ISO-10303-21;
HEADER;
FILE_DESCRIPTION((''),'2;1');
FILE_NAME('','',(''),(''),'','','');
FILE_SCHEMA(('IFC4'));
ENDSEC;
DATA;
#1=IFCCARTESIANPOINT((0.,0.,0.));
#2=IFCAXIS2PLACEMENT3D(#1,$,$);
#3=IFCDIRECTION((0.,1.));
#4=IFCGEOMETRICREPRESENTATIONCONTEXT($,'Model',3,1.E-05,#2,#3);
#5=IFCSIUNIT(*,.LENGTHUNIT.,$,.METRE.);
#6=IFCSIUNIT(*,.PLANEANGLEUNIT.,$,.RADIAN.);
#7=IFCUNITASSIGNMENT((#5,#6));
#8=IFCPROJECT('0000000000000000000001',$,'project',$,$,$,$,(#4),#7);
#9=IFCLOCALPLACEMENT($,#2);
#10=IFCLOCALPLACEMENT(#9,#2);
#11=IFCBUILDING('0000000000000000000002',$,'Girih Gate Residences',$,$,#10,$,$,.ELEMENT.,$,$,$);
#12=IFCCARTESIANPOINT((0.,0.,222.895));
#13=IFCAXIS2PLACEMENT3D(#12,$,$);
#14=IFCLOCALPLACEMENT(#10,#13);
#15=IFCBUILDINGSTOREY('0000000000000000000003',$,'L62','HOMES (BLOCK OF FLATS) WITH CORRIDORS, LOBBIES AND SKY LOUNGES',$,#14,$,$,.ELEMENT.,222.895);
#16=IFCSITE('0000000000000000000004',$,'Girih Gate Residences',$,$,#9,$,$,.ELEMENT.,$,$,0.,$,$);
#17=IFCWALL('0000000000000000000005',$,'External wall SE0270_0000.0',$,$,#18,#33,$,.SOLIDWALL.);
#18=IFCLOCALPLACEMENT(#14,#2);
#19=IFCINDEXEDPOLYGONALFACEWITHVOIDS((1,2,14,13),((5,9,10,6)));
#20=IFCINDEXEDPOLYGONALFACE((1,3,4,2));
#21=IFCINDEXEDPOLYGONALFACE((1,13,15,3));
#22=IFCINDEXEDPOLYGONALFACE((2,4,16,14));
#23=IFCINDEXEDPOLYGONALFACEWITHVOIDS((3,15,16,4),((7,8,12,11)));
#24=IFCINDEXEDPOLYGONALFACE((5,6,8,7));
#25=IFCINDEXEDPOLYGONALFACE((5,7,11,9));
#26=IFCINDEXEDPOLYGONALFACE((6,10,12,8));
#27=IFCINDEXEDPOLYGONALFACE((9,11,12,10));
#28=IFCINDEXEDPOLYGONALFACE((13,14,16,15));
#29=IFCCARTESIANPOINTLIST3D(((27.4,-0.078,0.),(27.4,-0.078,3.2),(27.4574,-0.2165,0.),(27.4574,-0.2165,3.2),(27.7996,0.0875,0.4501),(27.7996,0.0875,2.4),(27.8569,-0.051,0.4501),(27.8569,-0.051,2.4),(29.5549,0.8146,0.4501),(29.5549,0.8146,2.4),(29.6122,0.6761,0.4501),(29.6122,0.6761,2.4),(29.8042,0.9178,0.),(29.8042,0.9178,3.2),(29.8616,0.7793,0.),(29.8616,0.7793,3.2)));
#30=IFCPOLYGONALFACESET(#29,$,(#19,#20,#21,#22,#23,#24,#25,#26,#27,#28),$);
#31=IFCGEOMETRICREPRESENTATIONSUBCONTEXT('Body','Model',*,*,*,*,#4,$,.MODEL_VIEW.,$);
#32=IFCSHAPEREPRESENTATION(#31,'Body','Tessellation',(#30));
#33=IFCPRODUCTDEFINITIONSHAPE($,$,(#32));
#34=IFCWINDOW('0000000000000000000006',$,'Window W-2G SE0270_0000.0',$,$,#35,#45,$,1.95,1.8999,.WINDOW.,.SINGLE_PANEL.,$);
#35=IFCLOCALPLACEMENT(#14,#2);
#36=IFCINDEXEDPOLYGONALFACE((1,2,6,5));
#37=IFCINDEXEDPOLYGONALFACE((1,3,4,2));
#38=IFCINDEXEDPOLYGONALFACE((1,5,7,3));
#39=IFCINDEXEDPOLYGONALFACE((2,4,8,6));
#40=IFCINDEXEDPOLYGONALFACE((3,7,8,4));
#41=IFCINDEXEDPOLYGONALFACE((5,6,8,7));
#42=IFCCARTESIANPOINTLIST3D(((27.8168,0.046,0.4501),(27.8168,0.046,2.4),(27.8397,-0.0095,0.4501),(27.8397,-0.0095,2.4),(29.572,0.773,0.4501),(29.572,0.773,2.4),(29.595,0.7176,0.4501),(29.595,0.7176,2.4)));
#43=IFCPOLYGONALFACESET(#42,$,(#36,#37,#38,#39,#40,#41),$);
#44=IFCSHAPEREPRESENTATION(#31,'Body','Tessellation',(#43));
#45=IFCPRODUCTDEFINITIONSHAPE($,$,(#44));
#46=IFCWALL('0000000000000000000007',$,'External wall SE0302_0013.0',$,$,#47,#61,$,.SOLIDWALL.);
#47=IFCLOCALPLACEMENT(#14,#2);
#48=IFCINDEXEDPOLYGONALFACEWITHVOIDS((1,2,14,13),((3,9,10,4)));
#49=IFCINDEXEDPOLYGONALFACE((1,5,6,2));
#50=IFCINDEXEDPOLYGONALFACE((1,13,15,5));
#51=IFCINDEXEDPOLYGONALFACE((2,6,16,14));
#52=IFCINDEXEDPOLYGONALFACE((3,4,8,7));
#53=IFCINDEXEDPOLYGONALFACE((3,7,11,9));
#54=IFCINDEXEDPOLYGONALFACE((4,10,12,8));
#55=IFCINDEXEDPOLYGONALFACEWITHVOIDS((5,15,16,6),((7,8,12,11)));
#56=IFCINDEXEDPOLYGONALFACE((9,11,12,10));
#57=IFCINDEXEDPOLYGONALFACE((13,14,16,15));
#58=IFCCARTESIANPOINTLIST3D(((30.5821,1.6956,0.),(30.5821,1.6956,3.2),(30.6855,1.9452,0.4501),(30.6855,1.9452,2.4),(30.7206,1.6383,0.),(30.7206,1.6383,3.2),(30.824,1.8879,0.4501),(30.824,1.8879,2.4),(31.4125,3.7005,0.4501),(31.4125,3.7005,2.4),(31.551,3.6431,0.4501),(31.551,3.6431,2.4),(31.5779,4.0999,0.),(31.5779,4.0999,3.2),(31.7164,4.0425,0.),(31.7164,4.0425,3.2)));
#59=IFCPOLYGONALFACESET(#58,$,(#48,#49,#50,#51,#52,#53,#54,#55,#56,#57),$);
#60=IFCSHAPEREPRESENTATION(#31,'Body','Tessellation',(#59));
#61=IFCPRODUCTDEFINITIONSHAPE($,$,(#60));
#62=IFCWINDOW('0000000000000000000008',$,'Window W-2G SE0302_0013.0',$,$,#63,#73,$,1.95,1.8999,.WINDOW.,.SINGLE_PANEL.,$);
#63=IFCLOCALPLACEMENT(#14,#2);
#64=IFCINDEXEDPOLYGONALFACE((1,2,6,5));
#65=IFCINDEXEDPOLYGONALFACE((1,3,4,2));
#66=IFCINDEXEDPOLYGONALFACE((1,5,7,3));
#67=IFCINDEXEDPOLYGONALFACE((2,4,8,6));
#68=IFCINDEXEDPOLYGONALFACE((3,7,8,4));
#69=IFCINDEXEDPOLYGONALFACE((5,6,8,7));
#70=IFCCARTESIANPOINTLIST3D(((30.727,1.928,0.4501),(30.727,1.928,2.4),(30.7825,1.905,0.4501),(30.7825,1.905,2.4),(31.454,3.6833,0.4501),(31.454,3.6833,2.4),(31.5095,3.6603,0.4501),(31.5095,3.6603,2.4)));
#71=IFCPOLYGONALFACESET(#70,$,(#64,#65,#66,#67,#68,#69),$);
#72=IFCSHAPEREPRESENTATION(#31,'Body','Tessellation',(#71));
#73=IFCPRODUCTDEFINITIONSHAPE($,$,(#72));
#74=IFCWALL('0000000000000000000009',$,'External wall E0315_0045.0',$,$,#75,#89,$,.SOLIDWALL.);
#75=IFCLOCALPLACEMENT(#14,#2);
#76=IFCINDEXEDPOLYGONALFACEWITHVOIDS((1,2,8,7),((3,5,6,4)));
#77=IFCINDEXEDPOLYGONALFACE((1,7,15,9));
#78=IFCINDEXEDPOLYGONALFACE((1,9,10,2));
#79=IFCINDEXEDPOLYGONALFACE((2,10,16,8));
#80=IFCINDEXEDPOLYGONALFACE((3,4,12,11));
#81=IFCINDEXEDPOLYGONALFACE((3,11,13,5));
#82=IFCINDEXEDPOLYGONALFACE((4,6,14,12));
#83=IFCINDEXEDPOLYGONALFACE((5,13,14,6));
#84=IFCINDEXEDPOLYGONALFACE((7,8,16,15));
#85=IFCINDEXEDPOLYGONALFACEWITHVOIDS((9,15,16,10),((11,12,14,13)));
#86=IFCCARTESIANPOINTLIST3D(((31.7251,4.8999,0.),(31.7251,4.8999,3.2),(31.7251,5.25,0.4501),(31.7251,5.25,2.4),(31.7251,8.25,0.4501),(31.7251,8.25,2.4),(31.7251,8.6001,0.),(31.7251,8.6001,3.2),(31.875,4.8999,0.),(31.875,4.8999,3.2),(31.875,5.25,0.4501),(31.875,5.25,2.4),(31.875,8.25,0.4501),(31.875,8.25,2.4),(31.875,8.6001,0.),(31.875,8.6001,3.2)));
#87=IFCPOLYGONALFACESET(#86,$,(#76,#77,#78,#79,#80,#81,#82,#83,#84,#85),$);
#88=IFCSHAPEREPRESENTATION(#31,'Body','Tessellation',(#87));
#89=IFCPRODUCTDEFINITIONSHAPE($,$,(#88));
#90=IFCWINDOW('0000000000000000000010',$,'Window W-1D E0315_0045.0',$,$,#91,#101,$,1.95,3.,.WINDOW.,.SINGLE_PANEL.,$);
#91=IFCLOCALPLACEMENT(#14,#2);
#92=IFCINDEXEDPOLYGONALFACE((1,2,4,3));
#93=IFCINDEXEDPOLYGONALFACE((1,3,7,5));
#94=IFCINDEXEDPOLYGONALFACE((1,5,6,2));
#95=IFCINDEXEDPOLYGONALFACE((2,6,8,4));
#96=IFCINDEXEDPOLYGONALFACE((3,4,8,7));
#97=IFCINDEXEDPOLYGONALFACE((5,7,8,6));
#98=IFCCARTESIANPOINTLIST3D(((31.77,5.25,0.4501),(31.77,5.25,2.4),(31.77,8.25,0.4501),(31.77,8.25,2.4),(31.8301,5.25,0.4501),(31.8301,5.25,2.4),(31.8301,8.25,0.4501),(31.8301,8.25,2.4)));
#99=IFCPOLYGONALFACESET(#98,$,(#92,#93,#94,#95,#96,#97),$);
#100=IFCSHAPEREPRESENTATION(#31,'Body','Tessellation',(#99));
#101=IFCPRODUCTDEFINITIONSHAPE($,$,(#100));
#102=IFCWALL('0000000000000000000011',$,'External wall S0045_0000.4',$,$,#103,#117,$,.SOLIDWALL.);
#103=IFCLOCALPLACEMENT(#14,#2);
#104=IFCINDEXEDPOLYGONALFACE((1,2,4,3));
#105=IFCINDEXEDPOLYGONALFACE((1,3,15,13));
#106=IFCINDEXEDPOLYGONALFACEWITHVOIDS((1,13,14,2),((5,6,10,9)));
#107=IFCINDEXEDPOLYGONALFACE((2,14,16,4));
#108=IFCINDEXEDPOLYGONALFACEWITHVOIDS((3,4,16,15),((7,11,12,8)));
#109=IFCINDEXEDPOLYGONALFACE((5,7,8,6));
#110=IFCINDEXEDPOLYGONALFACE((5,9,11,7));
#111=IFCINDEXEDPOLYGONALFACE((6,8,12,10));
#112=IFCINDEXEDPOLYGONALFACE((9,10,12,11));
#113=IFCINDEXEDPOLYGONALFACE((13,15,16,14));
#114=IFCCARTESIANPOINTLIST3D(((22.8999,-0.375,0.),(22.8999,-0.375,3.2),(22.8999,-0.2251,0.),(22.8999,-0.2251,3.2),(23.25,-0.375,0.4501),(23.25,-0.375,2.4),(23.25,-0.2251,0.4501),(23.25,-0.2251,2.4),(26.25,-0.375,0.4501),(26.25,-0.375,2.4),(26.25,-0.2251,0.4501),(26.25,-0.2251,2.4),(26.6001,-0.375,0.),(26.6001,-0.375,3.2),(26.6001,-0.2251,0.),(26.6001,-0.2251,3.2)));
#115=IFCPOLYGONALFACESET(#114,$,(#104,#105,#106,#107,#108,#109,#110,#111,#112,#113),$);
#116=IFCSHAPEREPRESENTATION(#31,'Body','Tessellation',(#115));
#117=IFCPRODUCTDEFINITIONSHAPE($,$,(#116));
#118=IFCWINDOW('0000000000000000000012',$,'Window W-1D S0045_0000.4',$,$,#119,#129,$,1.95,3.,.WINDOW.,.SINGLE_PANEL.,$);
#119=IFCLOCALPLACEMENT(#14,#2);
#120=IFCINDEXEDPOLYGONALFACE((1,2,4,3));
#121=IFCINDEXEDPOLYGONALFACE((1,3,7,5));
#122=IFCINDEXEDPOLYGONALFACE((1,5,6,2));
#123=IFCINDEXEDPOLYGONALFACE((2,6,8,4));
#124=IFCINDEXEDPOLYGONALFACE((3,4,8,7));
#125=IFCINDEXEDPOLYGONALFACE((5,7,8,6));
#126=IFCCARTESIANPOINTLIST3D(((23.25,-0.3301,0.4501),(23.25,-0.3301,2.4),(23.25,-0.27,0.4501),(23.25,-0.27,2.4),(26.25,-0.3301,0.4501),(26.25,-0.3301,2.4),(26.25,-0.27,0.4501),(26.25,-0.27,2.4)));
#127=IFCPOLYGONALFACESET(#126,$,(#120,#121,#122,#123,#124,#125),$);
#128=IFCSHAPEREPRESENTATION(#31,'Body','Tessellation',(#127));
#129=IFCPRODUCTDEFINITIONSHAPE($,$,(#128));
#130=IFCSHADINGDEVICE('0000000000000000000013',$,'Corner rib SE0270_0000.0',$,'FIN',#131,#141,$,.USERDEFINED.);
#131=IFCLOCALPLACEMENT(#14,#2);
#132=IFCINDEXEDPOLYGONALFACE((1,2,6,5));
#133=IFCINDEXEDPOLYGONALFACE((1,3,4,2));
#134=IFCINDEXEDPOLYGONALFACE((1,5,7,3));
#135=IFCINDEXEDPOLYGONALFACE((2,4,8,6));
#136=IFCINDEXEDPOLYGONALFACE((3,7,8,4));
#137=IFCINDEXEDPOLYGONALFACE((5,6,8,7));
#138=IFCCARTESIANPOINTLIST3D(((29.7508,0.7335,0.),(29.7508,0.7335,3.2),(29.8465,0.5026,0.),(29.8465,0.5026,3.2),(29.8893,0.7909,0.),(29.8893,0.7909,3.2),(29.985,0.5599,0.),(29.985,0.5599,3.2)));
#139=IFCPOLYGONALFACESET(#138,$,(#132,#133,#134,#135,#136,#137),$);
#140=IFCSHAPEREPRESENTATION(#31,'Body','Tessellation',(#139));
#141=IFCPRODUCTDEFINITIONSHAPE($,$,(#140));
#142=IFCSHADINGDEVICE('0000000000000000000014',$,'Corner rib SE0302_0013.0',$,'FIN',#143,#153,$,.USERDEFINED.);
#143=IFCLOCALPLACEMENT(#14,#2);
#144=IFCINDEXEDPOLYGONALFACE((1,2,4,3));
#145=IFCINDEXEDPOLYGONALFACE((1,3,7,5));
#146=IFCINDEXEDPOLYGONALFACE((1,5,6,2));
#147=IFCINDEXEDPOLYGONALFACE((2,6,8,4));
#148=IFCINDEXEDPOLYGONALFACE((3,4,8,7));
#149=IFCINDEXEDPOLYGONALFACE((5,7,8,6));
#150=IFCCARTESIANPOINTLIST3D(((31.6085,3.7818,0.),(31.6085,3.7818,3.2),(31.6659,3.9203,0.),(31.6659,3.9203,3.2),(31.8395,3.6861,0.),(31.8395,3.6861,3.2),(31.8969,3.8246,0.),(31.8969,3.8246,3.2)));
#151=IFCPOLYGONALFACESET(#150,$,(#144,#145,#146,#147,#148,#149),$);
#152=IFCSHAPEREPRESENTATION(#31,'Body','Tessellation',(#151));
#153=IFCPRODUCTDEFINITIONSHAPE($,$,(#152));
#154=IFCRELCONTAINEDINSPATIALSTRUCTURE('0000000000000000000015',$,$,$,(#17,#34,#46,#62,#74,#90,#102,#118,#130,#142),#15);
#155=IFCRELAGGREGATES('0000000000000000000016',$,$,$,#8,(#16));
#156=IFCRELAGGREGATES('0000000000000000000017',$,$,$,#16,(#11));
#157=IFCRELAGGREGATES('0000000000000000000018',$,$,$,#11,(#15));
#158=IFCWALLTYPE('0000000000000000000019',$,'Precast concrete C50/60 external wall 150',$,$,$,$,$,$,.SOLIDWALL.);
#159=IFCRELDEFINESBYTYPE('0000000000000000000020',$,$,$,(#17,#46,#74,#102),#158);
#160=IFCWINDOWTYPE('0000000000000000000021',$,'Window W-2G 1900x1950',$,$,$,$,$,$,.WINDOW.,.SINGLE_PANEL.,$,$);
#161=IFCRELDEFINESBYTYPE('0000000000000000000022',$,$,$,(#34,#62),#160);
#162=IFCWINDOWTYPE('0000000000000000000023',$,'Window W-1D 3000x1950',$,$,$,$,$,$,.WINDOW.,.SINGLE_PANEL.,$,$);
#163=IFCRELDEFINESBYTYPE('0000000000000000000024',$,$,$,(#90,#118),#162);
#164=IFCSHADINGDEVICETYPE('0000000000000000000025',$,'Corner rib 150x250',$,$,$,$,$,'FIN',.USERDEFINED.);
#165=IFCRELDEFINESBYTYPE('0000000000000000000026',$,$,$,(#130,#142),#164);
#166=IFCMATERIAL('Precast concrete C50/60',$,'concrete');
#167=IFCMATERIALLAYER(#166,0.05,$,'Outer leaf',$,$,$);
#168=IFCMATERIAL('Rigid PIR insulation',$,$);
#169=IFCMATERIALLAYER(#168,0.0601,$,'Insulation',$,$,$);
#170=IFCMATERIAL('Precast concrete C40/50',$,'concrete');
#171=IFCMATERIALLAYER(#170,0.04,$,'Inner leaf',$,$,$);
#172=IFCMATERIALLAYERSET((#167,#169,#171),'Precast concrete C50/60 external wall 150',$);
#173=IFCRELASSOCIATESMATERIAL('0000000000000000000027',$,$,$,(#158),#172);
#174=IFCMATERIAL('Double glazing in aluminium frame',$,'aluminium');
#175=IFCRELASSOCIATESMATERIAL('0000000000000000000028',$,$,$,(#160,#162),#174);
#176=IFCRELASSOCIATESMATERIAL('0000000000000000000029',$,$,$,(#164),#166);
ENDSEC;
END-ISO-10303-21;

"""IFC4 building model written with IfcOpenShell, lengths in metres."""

from ifc_helpers import new_model, si_unit, direction, frame, frame_2d, origin, origin_2d, place, context, subcontext, project, spatial, rectangle, extrude, material, layer, layer_set, type_object, element, fill, save


model = new_model("IFC4")

# Units and contexts
model_context = context("Model", 3, precision=1e-05, world=origin(), true_north=direction((0.0, 1.0)))
body_context = subcontext(model_context, "Body", "Model", "MODEL_VIEW")
ifc_project = project(units=[si_unit("LENGTHUNIT", "METRE"), si_unit("PLANEANGLEUNIT", "RADIAN")], contexts=[model_context])

# Site, building, storey
site_placement = place(None, origin())
site = spatial("IfcSite", under=ifc_project, at=site_placement, Name="Girih Gate Residences", CompositionType="ELEMENT", RefElevation=0.0)
building_placement = place(site_placement, origin())
building = spatial("IfcBuilding", under=site, at=building_placement, Name="Girih Gate Residences", CompositionType="ELEMENT")
storey_placement = place(building_placement, frame((0.0, 0.0, 222.895)))
storey = spatial("IfcBuildingStorey", under=building, at=storey_placement, Name="L62", Description="HOMES (BLOCK OF FLATS) WITH CORRIDORS, LOBBIES AND SKY LOUNGES", CompositionType="ELEMENT", Elevation=222.895)

# Walls, openings, windows
ifc_material_1 = material(Name="Precast concrete C50/60", Category="concrete")
ifc_layer_1 = layer(ifc_material_1, 0.05, Name="Outer leaf")
ifc_material_2 = material(Name="Rigid PIR insulation")
ifc_layer_2 = layer(ifc_material_2, 0.0601, Name="Insulation")
ifc_material_3 = material(Name="Precast concrete C40/50", Category="concrete")
ifc_layer_3 = layer(ifc_material_3, 0.04, Name="Inner leaf")
ifc_layer_set_1 = layer_set([ifc_layer_1, ifc_layer_2, ifc_layer_3], Name="Precast concrete C50/60 external wall 150")
wall_type_1 = type_object("IfcWallType", Name="Precast concrete C50/60 external wall 150", PredefinedType="SOLIDWALL", material=ifc_layer_set_1)
wall_1_placement = place(storey_placement, frame((29.833, 0.8486, 0.0), z_axis=(0.0, 0.0, 1.0), x_axis=(-0.923885, -0.382669, 0.0)))
wall_1 = element("IfcWall", 1, at=wall_1_placement, inside=storey, type_object=wall_type_1, Name="External wall SE0270_0000.0", PredefinedType="SOLIDWALL", context=body_context, shape_type="SweptSolid", body=[
    extrude(rectangle(XDim=2.6023, YDim=0.1499, at=frame_2d((1.3013, 0.0))), origin(), (0.0, 0.0, 1.0), 3.2),
])
opening_1_placement = place(wall_1_placement, frame((0.27, 0.0, 0.45)))
opening_1 = element("IfcOpeningElement", 2, at=opening_1_placement, cuts=wall_1, PredefinedType="OPENING", context=body_context, shape_type="SweptSolid", body=[
    extrude(rectangle(XDim=1.8999, YDim=1.95, at=frame_2d((0.95, 0.9751))), frame((0.0, 0.085, 0.0), z_axis=(0.0, -1.0, 0.0), x_axis=(1.0, 0.0, 0.0)), (0.0, 0.0, 1.0), 0.1699),
])
ifc_material_4 = material(Name="Double glazing in aluminium frame", Category="aluminium")
window_type_1 = type_object("IfcWindowType", Name="Window W-2G 1900x1950", PartitioningType="SINGLE_PANEL", PredefinedType="WINDOW", material=ifc_material_4)
window_1_placement = place(opening_1_placement, origin())
window_1 = element("IfcWindow", 3, at=window_1_placement, inside=storey, type_object=window_type_1, Name="Window W-2G SE0270_0000.0", OverallHeight=1.95, OverallWidth=1.8999, PartitioningType="SINGLE_PANEL", PredefinedType="WINDOW", context=body_context, shape_type="SweptSolid", body=[
    extrude(rectangle(XDim=1.8999, YDim=1.95, at=frame_2d((0.95, 0.9751))), frame((0.0, 0.03, 0.0), z_axis=(0.0, -1.0, 0.0), x_axis=(1.0, 0.0, 0.0)), (0.0, 0.0, 1.0), 0.0601),
])
fill(opening_1, window_1)
wall_2_placement = place(storey_placement, frame((31.6472, 4.0713, 0.0), z_axis=(0.0, 0.0, 1.0), x_axis=(-0.382669, -0.923885, 0.0)))
wall_2 = element("IfcWall", 4, at=wall_2_placement, inside=storey, type_object=wall_type_1, Name="External wall SE0302_0013.0", PredefinedType="SOLIDWALL", context=body_context, shape_type="SweptSolid", body=[
    extrude(rectangle(XDim=2.6023, YDim=0.1499, at=frame_2d((1.3013, 0.0))), origin(), (0.0, 0.0, 1.0), 3.2),
])
opening_2_placement = place(wall_2_placement, frame((0.4324, 0.0, 0.45)))
opening_2 = element("IfcOpeningElement", 5, at=opening_2_placement, cuts=wall_2, PredefinedType="OPENING", context=body_context, shape_type="SweptSolid", body=[
    extrude(rectangle(XDim=1.8999, YDim=1.95, at=frame_2d((0.95, 0.9751))), frame((0.0, 0.085, 0.0), z_axis=(0.0, -1.0, 0.0), x_axis=(1.0, 0.0, 0.0)), (0.0, 0.0, 1.0), 0.1699),
])
window_2_placement = place(opening_2_placement, origin())
window_2 = element("IfcWindow", 6, at=window_2_placement, inside=storey, type_object=window_type_1, Name="Window W-2G SE0302_0013.0", OverallHeight=1.95, OverallWidth=1.8999, PartitioningType="SINGLE_PANEL", PredefinedType="WINDOW", context=body_context, shape_type="SweptSolid", body=[
    extrude(rectangle(XDim=1.8999, YDim=1.95, at=frame_2d((0.95, 0.9751))), frame((0.0, 0.03, 0.0), z_axis=(0.0, -1.0, 0.0), x_axis=(1.0, 0.0, 0.0)), (0.0, 0.0, 1.0), 0.0601),
])
fill(opening_2, window_2)
wall_3_placement = place(storey_placement, frame((31.8, 8.6001, 0.0), z_axis=(0.0, 0.0, 1.0), x_axis=(0.0, -1.0, 0.0)))
wall_3 = element("IfcWall", 7, at=wall_3_placement, inside=storey, type_object=wall_type_1, Name="External wall E0315_0045.0", PredefinedType="SOLIDWALL", context=body_context, shape_type="SweptSolid", body=[
    extrude(rectangle(XDim=3.7002, YDim=0.1499, at=frame_2d((1.8501, 0.0))), origin(), (0.0, 0.0, 1.0), 3.2),
])
opening_3_placement = place(wall_3_placement, frame((0.3501, 0.0, 0.45)))
opening_3 = element("IfcOpeningElement", 8, at=opening_3_placement, cuts=wall_3, PredefinedType="OPENING", context=body_context, shape_type="SweptSolid", body=[
    extrude(rectangle(XDim=3.0, YDim=1.95, at=frame_2d((1.5, 0.9751))), frame((0.0, 0.085, 0.0), z_axis=(0.0, -1.0, 0.0), x_axis=(1.0, 0.0, 0.0)), (0.0, 0.0, 1.0), 0.1699),
])
window_type_2 = type_object("IfcWindowType", Name="Window W-1D 3000x1950", PartitioningType="SINGLE_PANEL", PredefinedType="WINDOW", material=ifc_material_4)
window_3_placement = place(opening_3_placement, origin())
window_3 = element("IfcWindow", 9, at=window_3_placement, inside=storey, type_object=window_type_2, Name="Window W-1D E0315_0045.0", OverallHeight=1.95, OverallWidth=3.0, PartitioningType="SINGLE_PANEL", PredefinedType="WINDOW", context=body_context, shape_type="SweptSolid", body=[
    extrude(rectangle(XDim=3.0, YDim=1.95, at=frame_2d((1.5, 0.9751))), frame((0.0, 0.03, 0.0), z_axis=(0.0, -1.0, 0.0), x_axis=(1.0, 0.0, 0.0)), (0.0, 0.0, 1.0), 0.0601),
])
fill(opening_3, window_3)
wall_4_placement = place(storey_placement, frame((26.6001, -0.3, 0.0), z_axis=(0.0, 0.0, 1.0), x_axis=(-1.0, 0.0, 0.0)))
wall_4 = element("IfcWall", 10, at=wall_4_placement, inside=storey, type_object=wall_type_1, Name="External wall S0045_0000.4", PredefinedType="SOLIDWALL", context=body_context, shape_type="SweptSolid", body=[
    extrude(rectangle(XDim=3.7002, YDim=0.1499, at=frame_2d((1.8501, 0.0))), origin(), (0.0, 0.0, 1.0), 3.2),
])
opening_4_placement = place(wall_4_placement, frame((0.3501, 0.0, 0.45)))
opening_4 = element("IfcOpeningElement", 11, at=opening_4_placement, cuts=wall_4, PredefinedType="OPENING", context=body_context, shape_type="SweptSolid", body=[
    extrude(rectangle(XDim=3.0, YDim=1.95, at=frame_2d((1.5, 0.9751))), frame((0.0, 0.085, 0.0), z_axis=(0.0, -1.0, 0.0), x_axis=(1.0, 0.0, 0.0)), (0.0, 0.0, 1.0), 0.1699),
])
window_4_placement = place(opening_4_placement, origin())
window_4 = element("IfcWindow", 12, at=window_4_placement, inside=storey, type_object=window_type_2, Name="Window W-1D S0045_0000.4", OverallHeight=1.95, OverallWidth=3.0, PartitioningType="SINGLE_PANEL", PredefinedType="WINDOW", context=body_context, shape_type="SweptSolid", body=[
    extrude(rectangle(XDim=3.0, YDim=1.95, at=frame_2d((1.5, 0.9751))), frame((0.0, 0.03, 0.0), z_axis=(0.0, -1.0, 0.0), x_axis=(1.0, 0.0, 0.0)), (0.0, 0.0, 1.0), 0.0601),
])
fill(opening_4, window_4)

# Shading devices
shading_device_type = type_object("IfcShadingDeviceType", Name="Corner rib 150x250", ElementType="FIN", PredefinedType="USERDEFINED", material=ifc_material_1)
for number, where, z_axis, x_axis, name in (
    (13, (29.8679, 0.6467, 0.0), (0.0, 0.0, 1.0), (0.92388, 0.382683, 0.0), "Corner rib SE0270_0000.0"),
    (14, (31.7527, 3.8032, 0.0), (0.0, 0.0, 1.0), (0.382683, 0.92388, 0.0), "Corner rib SE0302_0013.0"),
):
    element("IfcShadingDevice", number, at=place(storey_placement, frame(where, z_axis=z_axis, x_axis=x_axis)), inside=storey, type_object=shading_device_type, Name=name, ObjectType="FIN", PredefinedType="USERDEFINED", context=body_context, shape_type="SweptSolid", body=[
        extrude(rectangle(XDim=0.1499, YDim=0.25, at=origin_2d()), origin(), (0.0, 0.0, 1.0), 3.2),
    ])

save(model, "model.ifc")
